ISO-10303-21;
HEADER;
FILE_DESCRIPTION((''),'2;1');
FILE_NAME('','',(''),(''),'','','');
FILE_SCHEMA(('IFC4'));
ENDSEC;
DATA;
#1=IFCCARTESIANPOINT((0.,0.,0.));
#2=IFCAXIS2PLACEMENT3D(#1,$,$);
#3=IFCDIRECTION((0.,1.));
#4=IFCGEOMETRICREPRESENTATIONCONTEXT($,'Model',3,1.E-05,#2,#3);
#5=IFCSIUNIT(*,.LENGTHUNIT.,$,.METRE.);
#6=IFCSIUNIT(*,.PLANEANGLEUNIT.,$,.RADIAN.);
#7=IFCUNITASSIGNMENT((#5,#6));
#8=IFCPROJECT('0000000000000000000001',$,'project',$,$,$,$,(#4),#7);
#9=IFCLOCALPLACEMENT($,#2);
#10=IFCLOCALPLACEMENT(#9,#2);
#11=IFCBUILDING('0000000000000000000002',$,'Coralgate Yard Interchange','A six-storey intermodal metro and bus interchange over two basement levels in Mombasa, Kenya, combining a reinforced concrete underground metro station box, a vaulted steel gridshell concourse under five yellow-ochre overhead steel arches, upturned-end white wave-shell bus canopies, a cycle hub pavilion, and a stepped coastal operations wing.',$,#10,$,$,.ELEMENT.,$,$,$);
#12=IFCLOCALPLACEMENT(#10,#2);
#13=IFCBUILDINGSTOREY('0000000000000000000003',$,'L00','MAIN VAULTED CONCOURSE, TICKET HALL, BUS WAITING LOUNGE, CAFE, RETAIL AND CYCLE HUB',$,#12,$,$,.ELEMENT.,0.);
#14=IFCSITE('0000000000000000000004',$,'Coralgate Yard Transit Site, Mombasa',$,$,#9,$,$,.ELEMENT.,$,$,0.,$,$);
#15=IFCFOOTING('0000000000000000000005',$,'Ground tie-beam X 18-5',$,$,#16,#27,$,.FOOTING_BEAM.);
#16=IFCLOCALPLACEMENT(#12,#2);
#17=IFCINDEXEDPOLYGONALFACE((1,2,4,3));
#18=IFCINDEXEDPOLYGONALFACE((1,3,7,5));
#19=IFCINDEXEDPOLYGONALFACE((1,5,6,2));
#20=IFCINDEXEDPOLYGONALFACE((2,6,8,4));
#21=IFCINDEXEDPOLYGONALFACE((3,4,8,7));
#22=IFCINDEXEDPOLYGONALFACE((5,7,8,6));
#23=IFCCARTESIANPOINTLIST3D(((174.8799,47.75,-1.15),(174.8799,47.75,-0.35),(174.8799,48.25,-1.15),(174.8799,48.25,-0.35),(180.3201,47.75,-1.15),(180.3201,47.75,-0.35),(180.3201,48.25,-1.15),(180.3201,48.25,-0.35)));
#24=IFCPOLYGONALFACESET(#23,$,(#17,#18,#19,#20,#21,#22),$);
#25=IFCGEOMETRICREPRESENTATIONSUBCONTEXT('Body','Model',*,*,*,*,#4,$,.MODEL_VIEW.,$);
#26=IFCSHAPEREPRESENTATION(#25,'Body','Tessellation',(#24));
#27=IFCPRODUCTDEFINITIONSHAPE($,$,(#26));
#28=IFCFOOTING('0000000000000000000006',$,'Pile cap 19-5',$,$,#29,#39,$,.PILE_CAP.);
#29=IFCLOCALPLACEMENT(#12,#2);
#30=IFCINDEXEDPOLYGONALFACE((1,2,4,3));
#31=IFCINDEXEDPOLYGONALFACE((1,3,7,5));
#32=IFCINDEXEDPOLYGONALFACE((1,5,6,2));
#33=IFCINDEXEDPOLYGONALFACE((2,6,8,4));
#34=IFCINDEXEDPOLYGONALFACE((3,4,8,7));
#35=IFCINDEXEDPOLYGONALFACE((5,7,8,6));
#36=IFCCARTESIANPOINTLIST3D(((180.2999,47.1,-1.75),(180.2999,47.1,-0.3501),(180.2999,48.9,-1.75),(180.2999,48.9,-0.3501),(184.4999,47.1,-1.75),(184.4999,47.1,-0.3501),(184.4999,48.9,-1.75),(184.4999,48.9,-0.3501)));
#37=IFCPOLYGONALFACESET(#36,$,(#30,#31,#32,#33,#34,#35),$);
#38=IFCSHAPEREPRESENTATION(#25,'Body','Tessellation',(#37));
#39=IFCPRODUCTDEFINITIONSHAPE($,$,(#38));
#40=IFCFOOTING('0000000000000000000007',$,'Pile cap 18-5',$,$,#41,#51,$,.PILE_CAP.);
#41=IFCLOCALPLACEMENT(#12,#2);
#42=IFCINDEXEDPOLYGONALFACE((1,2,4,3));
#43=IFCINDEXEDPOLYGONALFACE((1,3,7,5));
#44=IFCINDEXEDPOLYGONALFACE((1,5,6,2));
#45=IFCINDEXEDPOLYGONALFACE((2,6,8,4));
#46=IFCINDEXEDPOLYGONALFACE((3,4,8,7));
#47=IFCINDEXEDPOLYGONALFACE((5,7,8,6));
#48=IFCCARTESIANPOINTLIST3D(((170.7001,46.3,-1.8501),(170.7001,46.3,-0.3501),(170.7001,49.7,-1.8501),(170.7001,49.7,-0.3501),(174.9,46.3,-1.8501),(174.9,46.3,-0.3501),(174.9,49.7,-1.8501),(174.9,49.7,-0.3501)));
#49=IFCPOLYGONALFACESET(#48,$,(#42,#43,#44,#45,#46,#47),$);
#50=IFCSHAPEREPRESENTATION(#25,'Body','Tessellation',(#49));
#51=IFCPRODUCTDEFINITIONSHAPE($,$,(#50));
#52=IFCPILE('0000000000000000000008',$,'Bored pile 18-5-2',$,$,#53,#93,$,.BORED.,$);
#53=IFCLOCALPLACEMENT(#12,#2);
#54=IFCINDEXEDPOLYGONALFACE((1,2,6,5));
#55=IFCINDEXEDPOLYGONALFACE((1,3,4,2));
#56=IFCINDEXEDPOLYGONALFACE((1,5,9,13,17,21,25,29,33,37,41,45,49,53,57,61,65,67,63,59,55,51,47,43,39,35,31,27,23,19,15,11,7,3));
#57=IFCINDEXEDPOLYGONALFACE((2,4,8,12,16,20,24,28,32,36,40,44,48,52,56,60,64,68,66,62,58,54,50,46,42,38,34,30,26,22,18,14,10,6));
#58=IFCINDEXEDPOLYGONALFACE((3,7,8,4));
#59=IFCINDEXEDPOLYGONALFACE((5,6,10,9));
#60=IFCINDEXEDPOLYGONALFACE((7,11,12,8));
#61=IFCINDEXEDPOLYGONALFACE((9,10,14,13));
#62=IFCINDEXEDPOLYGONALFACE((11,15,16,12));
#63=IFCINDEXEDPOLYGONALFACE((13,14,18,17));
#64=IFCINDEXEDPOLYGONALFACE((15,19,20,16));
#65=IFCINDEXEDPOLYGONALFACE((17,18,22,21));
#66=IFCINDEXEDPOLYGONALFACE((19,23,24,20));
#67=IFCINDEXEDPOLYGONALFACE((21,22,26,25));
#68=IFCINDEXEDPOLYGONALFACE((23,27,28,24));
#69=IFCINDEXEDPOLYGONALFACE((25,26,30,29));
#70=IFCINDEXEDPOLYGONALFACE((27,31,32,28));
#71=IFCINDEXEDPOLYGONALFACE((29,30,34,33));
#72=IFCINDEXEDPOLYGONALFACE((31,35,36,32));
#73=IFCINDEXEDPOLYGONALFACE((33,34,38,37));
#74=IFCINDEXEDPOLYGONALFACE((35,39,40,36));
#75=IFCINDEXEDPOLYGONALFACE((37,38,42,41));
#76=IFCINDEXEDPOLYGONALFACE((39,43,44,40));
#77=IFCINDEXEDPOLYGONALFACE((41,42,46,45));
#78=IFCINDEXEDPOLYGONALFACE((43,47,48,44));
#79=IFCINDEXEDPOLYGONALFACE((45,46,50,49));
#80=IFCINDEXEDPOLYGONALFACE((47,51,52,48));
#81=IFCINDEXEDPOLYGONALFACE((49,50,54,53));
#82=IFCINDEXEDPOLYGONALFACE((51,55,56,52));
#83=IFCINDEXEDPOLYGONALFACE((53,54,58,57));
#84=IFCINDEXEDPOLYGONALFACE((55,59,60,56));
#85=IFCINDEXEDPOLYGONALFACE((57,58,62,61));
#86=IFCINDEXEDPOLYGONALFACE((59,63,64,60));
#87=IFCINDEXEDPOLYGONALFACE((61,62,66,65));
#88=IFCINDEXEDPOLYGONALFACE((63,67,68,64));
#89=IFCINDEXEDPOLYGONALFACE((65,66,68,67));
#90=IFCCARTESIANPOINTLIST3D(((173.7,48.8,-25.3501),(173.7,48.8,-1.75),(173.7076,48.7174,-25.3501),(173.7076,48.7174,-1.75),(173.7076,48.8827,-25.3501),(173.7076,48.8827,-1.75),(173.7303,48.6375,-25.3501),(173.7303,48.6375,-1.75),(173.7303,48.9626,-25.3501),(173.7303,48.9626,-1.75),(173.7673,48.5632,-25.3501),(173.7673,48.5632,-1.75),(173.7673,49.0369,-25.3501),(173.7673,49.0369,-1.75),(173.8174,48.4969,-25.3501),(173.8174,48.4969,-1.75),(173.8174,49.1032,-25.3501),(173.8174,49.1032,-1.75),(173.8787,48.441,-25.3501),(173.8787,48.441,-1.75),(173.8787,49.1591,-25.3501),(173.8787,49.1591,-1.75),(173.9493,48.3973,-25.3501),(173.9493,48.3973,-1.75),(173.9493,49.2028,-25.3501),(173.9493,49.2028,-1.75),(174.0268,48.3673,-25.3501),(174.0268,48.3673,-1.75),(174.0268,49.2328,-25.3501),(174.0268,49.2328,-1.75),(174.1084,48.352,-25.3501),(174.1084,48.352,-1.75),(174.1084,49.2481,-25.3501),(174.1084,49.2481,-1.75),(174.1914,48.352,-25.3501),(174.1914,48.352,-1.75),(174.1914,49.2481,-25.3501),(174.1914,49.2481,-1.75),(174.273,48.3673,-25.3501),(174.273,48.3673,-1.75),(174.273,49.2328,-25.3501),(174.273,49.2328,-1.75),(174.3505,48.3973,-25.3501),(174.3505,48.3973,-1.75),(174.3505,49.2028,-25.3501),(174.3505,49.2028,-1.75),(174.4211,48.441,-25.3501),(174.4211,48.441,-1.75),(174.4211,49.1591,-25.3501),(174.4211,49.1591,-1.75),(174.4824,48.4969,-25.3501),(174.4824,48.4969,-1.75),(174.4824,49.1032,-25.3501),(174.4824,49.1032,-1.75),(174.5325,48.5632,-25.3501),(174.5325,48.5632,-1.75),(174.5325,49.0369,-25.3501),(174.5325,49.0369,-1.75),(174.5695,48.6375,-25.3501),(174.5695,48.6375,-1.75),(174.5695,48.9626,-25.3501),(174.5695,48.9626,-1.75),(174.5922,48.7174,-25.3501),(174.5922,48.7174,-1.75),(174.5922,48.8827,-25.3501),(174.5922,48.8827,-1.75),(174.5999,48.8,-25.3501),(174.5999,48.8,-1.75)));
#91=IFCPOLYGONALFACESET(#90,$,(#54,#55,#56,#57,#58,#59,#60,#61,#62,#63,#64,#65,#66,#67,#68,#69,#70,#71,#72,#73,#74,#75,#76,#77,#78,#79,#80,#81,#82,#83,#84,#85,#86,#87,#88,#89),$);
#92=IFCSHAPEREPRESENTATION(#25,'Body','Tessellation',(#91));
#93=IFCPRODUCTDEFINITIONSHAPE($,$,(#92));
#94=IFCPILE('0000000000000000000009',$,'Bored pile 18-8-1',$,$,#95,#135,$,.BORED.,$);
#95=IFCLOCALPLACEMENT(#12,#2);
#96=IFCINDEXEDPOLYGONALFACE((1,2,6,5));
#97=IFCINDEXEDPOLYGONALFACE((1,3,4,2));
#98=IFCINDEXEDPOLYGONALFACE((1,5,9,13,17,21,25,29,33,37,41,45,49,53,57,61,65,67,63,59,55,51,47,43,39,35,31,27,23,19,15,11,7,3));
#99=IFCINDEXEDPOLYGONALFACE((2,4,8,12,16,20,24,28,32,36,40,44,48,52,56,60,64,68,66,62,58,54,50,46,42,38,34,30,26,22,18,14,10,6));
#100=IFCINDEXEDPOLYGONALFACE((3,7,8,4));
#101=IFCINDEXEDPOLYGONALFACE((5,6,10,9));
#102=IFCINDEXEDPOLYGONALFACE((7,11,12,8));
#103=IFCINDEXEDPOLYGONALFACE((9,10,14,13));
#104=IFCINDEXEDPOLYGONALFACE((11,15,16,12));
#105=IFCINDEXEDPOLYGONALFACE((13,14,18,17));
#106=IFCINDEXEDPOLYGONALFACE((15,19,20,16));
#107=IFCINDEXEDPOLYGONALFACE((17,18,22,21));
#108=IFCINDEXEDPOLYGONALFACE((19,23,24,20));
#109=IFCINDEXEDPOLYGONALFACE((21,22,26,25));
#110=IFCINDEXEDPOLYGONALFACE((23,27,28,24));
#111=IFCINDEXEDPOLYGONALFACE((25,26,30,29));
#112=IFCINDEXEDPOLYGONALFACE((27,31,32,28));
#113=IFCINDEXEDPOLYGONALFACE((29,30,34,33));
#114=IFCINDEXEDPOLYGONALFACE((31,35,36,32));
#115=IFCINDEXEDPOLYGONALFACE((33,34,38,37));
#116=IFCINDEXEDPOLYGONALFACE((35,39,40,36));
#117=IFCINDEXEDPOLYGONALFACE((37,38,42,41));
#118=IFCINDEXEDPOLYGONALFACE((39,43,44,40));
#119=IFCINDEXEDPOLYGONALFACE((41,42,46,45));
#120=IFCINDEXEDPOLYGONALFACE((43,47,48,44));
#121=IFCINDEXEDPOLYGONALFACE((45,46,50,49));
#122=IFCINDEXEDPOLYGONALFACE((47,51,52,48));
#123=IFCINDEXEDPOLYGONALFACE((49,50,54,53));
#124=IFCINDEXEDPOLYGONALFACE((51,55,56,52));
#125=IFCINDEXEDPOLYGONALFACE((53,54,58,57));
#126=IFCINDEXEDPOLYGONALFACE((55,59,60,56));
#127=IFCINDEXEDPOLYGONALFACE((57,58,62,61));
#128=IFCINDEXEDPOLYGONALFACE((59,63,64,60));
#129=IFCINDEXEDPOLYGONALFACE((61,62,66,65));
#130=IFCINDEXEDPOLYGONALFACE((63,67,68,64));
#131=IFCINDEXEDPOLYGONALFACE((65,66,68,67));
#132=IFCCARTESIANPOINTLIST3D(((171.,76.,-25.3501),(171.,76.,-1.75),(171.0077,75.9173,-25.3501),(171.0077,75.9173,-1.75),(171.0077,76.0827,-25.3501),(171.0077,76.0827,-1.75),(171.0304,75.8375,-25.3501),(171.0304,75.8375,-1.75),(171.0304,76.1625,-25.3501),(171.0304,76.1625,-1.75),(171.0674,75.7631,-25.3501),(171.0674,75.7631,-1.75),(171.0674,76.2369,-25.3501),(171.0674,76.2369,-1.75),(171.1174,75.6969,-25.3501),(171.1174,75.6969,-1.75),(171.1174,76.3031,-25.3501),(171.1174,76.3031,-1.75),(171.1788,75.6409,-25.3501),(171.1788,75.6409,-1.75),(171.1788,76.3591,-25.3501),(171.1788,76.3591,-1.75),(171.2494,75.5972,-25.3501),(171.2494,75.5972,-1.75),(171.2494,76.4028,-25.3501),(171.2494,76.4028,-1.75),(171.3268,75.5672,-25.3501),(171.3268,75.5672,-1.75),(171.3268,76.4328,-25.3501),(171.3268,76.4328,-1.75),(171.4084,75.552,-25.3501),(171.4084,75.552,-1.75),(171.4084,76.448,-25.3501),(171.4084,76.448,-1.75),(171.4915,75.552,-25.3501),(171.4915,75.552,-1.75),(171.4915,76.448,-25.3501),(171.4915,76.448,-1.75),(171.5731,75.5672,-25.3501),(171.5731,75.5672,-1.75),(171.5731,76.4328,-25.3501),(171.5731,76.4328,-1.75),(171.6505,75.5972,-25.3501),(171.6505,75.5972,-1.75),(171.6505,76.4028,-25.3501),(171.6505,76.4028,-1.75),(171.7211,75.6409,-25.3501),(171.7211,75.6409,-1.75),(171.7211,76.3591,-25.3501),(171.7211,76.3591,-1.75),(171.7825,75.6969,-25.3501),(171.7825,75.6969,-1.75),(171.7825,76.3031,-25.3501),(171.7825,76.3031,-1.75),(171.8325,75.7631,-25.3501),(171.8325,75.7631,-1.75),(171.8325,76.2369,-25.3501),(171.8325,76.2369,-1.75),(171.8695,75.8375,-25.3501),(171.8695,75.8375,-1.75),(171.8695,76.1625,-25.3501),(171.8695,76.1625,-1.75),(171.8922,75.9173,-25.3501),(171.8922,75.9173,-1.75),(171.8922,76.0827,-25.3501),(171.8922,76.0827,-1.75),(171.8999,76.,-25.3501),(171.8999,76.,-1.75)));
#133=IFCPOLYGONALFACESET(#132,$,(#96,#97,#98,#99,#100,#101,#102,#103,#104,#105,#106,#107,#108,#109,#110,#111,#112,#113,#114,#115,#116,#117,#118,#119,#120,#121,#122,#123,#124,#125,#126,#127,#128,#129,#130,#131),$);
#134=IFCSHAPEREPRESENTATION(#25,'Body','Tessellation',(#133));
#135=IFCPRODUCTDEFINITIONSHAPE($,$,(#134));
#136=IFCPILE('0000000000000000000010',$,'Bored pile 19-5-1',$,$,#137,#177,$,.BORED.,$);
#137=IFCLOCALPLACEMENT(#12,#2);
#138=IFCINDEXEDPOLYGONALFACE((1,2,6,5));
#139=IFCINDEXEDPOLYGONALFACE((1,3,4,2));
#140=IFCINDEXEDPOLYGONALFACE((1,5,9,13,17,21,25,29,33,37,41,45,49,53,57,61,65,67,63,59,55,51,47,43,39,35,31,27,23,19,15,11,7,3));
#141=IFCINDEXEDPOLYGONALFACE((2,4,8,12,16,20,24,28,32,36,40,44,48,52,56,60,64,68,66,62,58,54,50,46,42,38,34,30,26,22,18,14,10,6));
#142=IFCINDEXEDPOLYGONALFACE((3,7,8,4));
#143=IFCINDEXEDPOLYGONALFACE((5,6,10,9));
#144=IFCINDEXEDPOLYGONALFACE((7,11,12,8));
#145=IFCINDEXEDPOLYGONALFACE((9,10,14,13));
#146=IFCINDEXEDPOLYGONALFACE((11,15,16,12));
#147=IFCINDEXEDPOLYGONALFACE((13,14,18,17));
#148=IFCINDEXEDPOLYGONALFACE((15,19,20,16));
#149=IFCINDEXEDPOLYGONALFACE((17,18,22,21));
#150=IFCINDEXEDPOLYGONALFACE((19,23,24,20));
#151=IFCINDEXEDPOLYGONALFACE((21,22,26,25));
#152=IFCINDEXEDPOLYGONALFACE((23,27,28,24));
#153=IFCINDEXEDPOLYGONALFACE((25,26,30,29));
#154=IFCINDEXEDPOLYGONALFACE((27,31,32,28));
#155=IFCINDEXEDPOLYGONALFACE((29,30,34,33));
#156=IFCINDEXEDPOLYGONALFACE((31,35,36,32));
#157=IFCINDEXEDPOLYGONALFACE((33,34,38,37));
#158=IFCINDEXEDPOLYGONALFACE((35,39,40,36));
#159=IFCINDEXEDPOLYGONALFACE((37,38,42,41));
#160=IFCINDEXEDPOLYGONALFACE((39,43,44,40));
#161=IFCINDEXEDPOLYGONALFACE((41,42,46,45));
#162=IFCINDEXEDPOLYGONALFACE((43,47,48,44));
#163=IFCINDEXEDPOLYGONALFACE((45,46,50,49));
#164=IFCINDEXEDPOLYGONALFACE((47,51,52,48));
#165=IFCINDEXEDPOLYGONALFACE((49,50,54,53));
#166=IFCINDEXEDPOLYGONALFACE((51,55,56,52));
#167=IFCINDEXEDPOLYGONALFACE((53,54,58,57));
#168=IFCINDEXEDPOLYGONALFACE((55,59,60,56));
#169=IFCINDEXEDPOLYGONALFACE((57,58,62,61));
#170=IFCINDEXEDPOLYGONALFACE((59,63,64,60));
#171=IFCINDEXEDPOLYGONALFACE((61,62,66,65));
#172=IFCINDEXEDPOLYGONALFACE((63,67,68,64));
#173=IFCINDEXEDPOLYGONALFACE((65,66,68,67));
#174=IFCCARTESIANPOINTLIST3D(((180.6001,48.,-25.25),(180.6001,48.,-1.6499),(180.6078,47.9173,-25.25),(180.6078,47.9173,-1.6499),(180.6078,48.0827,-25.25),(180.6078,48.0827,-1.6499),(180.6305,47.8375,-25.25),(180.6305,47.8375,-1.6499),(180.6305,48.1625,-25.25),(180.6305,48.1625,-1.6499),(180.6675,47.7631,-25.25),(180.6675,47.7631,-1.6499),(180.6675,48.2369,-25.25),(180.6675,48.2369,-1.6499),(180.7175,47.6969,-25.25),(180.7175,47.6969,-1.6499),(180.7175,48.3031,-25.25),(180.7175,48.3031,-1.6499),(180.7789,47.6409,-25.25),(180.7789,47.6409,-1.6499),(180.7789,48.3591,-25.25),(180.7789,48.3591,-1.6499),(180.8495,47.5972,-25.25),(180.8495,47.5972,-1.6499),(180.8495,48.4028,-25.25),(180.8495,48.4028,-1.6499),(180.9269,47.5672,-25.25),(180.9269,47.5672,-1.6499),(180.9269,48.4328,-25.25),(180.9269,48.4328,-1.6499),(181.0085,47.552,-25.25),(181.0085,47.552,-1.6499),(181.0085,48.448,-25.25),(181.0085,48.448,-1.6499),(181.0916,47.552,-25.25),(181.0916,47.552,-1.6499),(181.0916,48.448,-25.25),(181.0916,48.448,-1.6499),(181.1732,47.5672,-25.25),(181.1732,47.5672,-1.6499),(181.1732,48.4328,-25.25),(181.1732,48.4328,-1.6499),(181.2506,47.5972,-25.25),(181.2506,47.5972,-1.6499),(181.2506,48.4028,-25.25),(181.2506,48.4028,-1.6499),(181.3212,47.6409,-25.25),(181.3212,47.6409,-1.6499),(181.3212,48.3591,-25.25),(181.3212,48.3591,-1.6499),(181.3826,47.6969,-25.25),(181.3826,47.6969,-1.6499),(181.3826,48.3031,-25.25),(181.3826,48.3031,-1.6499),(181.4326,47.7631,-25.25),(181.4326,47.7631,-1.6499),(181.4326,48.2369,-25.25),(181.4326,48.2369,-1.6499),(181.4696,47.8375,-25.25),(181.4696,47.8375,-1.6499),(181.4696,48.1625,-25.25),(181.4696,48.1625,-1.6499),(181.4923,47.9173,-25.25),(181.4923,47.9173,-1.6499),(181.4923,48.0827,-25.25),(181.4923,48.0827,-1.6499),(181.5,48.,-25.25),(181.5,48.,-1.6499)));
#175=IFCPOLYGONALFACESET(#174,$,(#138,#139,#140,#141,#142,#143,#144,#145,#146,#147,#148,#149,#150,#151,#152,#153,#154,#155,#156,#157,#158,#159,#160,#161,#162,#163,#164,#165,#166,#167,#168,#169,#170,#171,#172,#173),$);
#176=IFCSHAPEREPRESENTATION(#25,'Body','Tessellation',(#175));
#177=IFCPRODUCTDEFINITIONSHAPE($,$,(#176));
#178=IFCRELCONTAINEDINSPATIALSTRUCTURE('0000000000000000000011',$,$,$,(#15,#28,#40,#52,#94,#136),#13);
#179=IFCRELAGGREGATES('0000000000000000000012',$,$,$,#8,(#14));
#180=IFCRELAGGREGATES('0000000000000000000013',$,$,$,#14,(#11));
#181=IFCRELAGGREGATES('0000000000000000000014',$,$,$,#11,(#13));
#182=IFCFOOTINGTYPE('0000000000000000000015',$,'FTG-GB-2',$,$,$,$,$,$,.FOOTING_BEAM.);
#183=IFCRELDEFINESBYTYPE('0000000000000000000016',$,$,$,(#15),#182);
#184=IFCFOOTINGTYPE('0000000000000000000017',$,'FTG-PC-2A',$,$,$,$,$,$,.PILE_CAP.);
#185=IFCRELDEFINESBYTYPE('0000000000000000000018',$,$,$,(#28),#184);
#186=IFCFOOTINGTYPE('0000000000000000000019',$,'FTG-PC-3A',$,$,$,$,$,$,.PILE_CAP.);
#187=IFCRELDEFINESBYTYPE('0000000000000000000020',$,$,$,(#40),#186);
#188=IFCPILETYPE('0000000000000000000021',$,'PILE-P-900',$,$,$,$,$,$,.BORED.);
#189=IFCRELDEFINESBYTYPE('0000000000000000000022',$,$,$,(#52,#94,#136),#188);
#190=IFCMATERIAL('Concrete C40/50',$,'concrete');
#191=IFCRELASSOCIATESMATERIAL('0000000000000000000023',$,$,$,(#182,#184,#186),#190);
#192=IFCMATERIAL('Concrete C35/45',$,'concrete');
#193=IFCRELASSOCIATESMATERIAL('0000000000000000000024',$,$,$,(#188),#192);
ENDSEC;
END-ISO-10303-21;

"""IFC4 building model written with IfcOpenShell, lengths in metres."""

from ifc_helpers import new_model, si_unit, direction, frame, origin, origin_2d, place, context, subcontext, project, spatial, rectangle, circle, extrude, material, material_profile, profile_set, type_object, element, save


model = new_model("IFC4")

# Units and contexts
model_context = context("Model", 3, precision=1e-05, world=origin(), true_north=direction((0.0, 1.0)))
body_context = subcontext(model_context, "Body", "Model", "MODEL_VIEW")
ifc_project = project(units=[si_unit("LENGTHUNIT", "METRE"), si_unit("PLANEANGLEUNIT", "RADIAN")], contexts=[model_context])

# Site, building, storey
site_placement = place(None, origin())
site = spatial("IfcSite", under=ifc_project, at=site_placement, Name="Coralgate Yard Transit Site, Mombasa", CompositionType="ELEMENT", RefElevation=0.0)
building_placement = place(site_placement, origin())
building = spatial("IfcBuilding", under=site, at=building_placement, Name="Coralgate Yard Interchange", Description="A six-storey intermodal metro and bus interchange over two basement levels in Mombasa, Kenya, combining a reinforced concrete underground metro station box, a vaulted steel gridshell concourse under five yellow-ochre overhead steel arches, upturned-end white wave-shell bus canopies, a cycle hub pavilion, and a stepped coastal operations wing.", CompositionType="ELEMENT")
storey_placement = place(building_placement, origin())
storey = spatial("IfcBuildingStorey", under=building, at=storey_placement, Name="L00", Description="MAIN VAULTED CONCOURSE, TICKET HALL, BUS WAITING LOUNGE, CAFE, RETAIL AND CYCLE HUB", CompositionType="ELEMENT", Elevation=0.0)

# Footings
ifc_material_1 = material(Name="Concrete C40/50", Category="concrete")
ifc_material_profile_1 = material_profile(ifc_material_1, rectangle(XDim=0.5, YDim=0.8, at=origin_2d()), Name="RC 500x800")
ifc_profile_set_1 = profile_set([ifc_material_profile_1], Name="Concrete C40/50")
footing_type_1 = type_object("IfcFootingType", Name="FTG-GB-2", PredefinedType="FOOTING_BEAM", material=ifc_profile_set_1)
footing_1_placement = place(storey_placement, frame((174.8799, 48.0, -0.75), z_axis=(1.0, 0.0, 0.0), x_axis=(0.0, 1.0, 0.0)))
element("IfcFooting", 1, at=footing_1_placement, inside=storey, type_object=footing_type_1, Name="Ground tie-beam X 18-5", PredefinedType="FOOTING_BEAM", context=body_context, shape_type="SweptSolid", body=[
    extrude(rectangle(XDim=0.5, YDim=0.8, at=origin_2d()), origin(), (0.0, 0.0, 1.0), 5.4402),
])
footing_type_2 = type_object("IfcFootingType", Name="FTG-PC-2A", PredefinedType="PILE_CAP", material=ifc_material_1)
footing_2_placement = place(storey_placement, frame((182.3999, 48.0, -1.75), z_axis=(0.0, 0.0, 1.0), x_axis=(1.0, 0.0, 0.0)))
element("IfcFooting", 2, at=footing_2_placement, inside=storey, type_object=footing_type_2, Name="Pile cap 19-5", PredefinedType="PILE_CAP", context=body_context, shape_type="SweptSolid", body=[
    extrude(rectangle(XDim=4.2, YDim=1.8, at=origin_2d()), origin(), (0.0, 0.0, 1.0), 1.3999),
])
footing_type_3 = type_object("IfcFootingType", Name="FTG-PC-3A", PredefinedType="PILE_CAP", material=ifc_material_1)
footing_3_placement = place(storey_placement, frame((172.8, 48.0, -1.8501), z_axis=(0.0, 0.0, 1.0), x_axis=(1.0, 0.0, 0.0)))
element("IfcFooting", 3, at=footing_3_placement, inside=storey, type_object=footing_type_3, Name="Pile cap 18-5", PredefinedType="PILE_CAP", context=body_context, shape_type="SweptSolid", body=[
    extrude(rectangle(XDim=4.2, YDim=3.3999, at=origin_2d()), origin(), (0.0, 0.0, 1.0), 1.5),
])

# Piles
ifc_material_2 = material(Name="Concrete C35/45", Category="concrete")
ifc_material_profile_2 = material_profile(ifc_material_2, circle(Radius=0.45, at=origin_2d()), Name="BORED PILE D900")
ifc_profile_set_2 = profile_set([ifc_material_profile_2], Name="Concrete C35/45")
pile_type = type_object("IfcPileType", Name="PILE-P-900", PredefinedType="BORED", material=ifc_profile_set_2)
for number, where, z_axis, x_axis, name in (
    (4, (174.1499, 48.8, -1.75), (0.0, 0.0, -1.0), (1.0, 0.0, 0.0), "Bored pile 18-5-2"),
    (5, (171.45, 76.0, -1.75), (0.0, 0.0, -1.0), (1.0, 0.0, 0.0), "Bored pile 18-8-1"),
    (6, (181.05, 48.0, -1.6499), (0.0, 0.0, -1.0), (1.0, 0.0, 0.0), "Bored pile 19-5-1"),
):
    element("IfcPile", number, at=place(storey_placement, frame(where, z_axis=z_axis, x_axis=x_axis)), inside=storey, type_object=pile_type, Name=name, PredefinedType="BORED", context=body_context, shape_type="SweptSolid", body=[
        extrude(circle(Radius=0.45, at=origin_2d()), origin(), (0.0, 0.0, 1.0), 23.6001),
    ])

save(model, "model.ifc")
